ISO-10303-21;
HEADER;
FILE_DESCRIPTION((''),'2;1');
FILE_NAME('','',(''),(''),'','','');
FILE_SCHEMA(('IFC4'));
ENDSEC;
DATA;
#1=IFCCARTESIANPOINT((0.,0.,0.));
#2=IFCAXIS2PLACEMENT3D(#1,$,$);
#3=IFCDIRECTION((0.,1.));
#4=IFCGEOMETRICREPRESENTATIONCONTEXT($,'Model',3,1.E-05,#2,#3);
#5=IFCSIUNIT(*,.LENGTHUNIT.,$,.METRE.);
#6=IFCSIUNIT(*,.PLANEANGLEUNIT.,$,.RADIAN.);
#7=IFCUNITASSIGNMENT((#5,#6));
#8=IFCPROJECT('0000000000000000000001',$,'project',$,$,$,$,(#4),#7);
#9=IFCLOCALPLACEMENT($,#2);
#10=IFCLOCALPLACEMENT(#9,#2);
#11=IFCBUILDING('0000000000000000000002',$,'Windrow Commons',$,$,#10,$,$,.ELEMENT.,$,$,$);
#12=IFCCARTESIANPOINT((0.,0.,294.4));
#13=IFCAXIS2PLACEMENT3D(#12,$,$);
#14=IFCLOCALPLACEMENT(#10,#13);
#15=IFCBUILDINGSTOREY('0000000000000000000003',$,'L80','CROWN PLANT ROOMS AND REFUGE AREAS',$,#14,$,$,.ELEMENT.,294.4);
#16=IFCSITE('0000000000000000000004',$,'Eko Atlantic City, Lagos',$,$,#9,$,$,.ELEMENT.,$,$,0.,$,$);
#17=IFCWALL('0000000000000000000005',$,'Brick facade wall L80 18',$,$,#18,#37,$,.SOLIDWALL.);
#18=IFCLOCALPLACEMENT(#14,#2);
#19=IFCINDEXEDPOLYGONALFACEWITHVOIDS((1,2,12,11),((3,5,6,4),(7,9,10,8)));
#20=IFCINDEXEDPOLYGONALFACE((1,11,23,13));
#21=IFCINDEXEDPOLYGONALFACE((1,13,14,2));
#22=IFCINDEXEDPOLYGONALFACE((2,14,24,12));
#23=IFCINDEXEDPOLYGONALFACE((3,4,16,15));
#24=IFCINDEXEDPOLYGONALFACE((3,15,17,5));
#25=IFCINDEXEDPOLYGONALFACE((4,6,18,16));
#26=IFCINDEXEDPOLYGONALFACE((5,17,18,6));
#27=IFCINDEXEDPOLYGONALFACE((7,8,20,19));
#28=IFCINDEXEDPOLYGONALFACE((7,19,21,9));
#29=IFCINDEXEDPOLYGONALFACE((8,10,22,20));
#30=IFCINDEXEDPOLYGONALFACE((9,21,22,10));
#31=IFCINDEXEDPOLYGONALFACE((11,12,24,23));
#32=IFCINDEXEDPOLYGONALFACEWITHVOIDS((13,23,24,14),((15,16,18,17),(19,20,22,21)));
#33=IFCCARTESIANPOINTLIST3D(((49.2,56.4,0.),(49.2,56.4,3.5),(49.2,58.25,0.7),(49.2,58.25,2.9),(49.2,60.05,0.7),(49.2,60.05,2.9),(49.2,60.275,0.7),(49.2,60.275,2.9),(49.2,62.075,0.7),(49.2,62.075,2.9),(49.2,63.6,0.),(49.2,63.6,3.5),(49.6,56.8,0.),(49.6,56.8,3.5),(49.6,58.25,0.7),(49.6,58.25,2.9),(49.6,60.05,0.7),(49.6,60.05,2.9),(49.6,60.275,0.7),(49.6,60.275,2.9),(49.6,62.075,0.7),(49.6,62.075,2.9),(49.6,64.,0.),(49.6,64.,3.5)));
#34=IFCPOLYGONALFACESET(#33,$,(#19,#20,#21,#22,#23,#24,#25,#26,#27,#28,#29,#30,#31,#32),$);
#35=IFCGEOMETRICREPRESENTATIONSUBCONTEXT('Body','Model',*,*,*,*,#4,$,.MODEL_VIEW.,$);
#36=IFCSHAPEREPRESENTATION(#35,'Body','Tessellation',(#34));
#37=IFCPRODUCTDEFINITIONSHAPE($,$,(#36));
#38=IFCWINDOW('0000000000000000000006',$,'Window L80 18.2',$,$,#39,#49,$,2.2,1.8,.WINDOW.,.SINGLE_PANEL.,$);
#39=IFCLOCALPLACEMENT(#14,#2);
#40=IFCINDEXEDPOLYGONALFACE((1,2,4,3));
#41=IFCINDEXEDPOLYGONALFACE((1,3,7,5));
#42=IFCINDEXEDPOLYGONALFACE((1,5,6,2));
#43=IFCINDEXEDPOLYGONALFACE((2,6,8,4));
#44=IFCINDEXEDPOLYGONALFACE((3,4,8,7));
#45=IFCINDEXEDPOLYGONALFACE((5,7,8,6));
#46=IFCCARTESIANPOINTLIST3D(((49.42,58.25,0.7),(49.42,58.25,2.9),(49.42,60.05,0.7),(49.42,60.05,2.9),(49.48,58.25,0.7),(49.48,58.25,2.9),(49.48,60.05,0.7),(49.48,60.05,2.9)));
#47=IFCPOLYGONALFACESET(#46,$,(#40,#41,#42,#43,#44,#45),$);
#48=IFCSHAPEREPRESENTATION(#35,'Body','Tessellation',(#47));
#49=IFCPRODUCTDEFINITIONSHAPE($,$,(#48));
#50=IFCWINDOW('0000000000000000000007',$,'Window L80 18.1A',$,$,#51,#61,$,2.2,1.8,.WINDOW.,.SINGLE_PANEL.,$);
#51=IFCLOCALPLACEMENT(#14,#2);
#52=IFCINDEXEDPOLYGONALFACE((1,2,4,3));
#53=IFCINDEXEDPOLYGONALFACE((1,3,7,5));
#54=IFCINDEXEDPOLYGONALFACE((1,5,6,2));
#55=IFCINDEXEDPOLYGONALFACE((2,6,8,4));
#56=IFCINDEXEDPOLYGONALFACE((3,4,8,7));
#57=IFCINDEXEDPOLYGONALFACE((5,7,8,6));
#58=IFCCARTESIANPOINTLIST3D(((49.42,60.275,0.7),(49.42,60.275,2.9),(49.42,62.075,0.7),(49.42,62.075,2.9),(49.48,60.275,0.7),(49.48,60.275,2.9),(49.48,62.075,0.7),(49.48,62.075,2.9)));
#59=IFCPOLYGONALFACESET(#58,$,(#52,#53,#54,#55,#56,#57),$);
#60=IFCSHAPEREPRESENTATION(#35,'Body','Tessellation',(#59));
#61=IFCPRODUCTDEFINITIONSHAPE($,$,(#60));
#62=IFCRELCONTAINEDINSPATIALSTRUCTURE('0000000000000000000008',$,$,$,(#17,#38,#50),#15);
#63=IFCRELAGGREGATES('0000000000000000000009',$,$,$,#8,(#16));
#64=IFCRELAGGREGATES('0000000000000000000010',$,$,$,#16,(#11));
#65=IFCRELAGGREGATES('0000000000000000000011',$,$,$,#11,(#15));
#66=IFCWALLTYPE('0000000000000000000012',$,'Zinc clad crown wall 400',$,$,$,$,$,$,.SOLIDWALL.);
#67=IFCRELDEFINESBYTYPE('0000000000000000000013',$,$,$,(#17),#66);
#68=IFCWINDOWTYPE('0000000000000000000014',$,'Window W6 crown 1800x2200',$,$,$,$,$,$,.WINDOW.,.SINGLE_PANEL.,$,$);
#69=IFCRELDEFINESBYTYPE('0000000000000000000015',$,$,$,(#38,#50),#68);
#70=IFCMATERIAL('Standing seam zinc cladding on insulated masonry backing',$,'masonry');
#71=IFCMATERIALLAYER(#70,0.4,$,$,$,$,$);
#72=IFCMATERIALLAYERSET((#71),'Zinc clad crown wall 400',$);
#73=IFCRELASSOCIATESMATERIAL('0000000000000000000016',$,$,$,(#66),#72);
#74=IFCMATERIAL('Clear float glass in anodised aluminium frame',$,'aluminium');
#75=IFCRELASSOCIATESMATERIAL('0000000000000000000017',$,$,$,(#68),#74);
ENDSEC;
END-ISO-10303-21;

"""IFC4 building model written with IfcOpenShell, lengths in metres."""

from ifc_helpers import new_model, si_unit, direction, frame, frame_2d, origin, place, context, subcontext, project, spatial, polyline, rectangle, outline, extrude, material, layer, layer_set, type_object, element, fill, save


model = new_model("IFC4")

# Units and contexts
model_context = context("Model", 3, precision=1e-05, world=origin(), true_north=direction((0.0, 1.0)))
body_context = subcontext(model_context, "Body", "Model", "MODEL_VIEW")
ifc_project = project(units=[si_unit("LENGTHUNIT", "METRE"), si_unit("PLANEANGLEUNIT", "RADIAN")], contexts=[model_context])

# Site, building, storey
site_placement = place(None, origin())
site = spatial("IfcSite", under=ifc_project, at=site_placement, Name="Eko Atlantic City, Lagos", CompositionType="ELEMENT", RefElevation=0.0)
building_placement = place(site_placement, origin())
building = spatial("IfcBuilding", under=site, at=building_placement, Name="Windrow Commons", CompositionType="ELEMENT")
storey_placement = place(building_placement, frame((0.0, 0.0, 294.4)))
storey = spatial("IfcBuildingStorey", under=building, at=storey_placement, Name="L80", Description="CROWN PLANT ROOMS AND REFUGE AREAS", CompositionType="ELEMENT", Elevation=294.4)

# Shared definitions
ifc_material_1 = material(Name="Standing seam zinc cladding on insulated masonry backing", Category="masonry")
ifc_layer_1 = layer(ifc_material_1, 0.4)
ifc_layer_set_1 = layer_set([ifc_layer_1], Name="Zinc clad crown wall 400")
wall_type_1 = type_object("IfcWallType", Name="Zinc clad crown wall 400", PredefinedType="SOLIDWALL", material=ifc_layer_set_1)
ifc_material_2 = material(Name="Clear float glass in anodised aluminium frame", Category="aluminium")
window_type = type_object("IfcWindowType", Name="Window W6 crown 1800x2200", PartitioningType="SINGLE_PANEL", PredefinedType="WINDOW", material=ifc_material_2)

# Wall, openings, windows
wall_1_placement = place(storey_placement, frame((49.4, 63.8, 0.0), z_axis=(0.0, 0.0, 1.0), x_axis=(0.0, -1.0, 0.0)))
wall_1 = element("IfcWall", 1, at=wall_1_placement, inside=storey, type_object=wall_type_1, Name="Brick facade wall L80 18", PredefinedType="SOLIDWALL", context=body_context, shape_type="SweptSolid", body=[
    extrude(outline(polyline([(0.2, -0.2), (7.4, -0.2), (7.0, 0.2), (-0.2, 0.2), (0.2, -0.2)])), origin(), (0.0, 0.0, 1.0), 3.5),
])
opening_1_placement = place(wall_1_placement, frame((3.75, 0.0, 0.7)))
opening_1 = element("IfcOpeningElement", 2, at=opening_1_placement, cuts=wall_1, PredefinedType="OPENING", context=body_context, shape_type="SweptSolid", body=[
    extrude(rectangle(XDim=1.8, YDim=2.2, at=frame_2d((0.9, 1.1))), frame((0.0, 0.21, 0.0), z_axis=(0.0, -1.0, 0.0), x_axis=(1.0, 0.0, 0.0)), (0.0, 0.0, 1.0), 0.42),
])
opening_2_placement = place(wall_1_placement, frame((1.725, 0.0, 0.7)))
opening_2 = element("IfcOpeningElement", 3, at=opening_2_placement, cuts=wall_1, PredefinedType="OPENING", context=body_context, shape_type="SweptSolid", body=[
    extrude(rectangle(XDim=1.8, YDim=2.2, at=frame_2d((0.9, 1.1))), frame((0.0, 0.21, 0.0), z_axis=(0.0, -1.0, 0.0), x_axis=(1.0, 0.0, 0.0)), (0.0, 0.0, 1.0), 0.42),
])
window_1_placement = place(opening_1_placement, origin())
window_1 = element("IfcWindow", 4, at=window_1_placement, inside=storey, type_object=window_type, Name="Window L80 18.2", OverallHeight=2.2, OverallWidth=1.8, PartitioningType="SINGLE_PANEL", PredefinedType="WINDOW", context=body_context, shape_type="SweptSolid", body=[
    extrude(rectangle(XDim=1.8, YDim=2.2, at=frame_2d((0.9, 1.1))), frame((0.0, 0.08, 0.0), z_axis=(0.0, -1.0, 0.0), x_axis=(1.0, 0.0, 0.0)), (0.0, 0.0, 1.0), 0.06),
])
fill(opening_1, window_1)
window_2_placement = place(opening_2_placement, origin())
window_2 = element("IfcWindow", 5, at=window_2_placement, inside=storey, type_object=window_type, Name="Window L80 18.1A", OverallHeight=2.2, OverallWidth=1.8, PartitioningType="SINGLE_PANEL", PredefinedType="WINDOW", context=body_context, shape_type="SweptSolid", body=[
    extrude(rectangle(XDim=1.8, YDim=2.2, at=frame_2d((0.9, 1.1))), frame((0.0, 0.08, 0.0), z_axis=(0.0, -1.0, 0.0), x_axis=(1.0, 0.0, 0.0)), (0.0, 0.0, 1.0), 0.06),
])
fill(opening_2, window_2)

save(model, "model.ifc")
